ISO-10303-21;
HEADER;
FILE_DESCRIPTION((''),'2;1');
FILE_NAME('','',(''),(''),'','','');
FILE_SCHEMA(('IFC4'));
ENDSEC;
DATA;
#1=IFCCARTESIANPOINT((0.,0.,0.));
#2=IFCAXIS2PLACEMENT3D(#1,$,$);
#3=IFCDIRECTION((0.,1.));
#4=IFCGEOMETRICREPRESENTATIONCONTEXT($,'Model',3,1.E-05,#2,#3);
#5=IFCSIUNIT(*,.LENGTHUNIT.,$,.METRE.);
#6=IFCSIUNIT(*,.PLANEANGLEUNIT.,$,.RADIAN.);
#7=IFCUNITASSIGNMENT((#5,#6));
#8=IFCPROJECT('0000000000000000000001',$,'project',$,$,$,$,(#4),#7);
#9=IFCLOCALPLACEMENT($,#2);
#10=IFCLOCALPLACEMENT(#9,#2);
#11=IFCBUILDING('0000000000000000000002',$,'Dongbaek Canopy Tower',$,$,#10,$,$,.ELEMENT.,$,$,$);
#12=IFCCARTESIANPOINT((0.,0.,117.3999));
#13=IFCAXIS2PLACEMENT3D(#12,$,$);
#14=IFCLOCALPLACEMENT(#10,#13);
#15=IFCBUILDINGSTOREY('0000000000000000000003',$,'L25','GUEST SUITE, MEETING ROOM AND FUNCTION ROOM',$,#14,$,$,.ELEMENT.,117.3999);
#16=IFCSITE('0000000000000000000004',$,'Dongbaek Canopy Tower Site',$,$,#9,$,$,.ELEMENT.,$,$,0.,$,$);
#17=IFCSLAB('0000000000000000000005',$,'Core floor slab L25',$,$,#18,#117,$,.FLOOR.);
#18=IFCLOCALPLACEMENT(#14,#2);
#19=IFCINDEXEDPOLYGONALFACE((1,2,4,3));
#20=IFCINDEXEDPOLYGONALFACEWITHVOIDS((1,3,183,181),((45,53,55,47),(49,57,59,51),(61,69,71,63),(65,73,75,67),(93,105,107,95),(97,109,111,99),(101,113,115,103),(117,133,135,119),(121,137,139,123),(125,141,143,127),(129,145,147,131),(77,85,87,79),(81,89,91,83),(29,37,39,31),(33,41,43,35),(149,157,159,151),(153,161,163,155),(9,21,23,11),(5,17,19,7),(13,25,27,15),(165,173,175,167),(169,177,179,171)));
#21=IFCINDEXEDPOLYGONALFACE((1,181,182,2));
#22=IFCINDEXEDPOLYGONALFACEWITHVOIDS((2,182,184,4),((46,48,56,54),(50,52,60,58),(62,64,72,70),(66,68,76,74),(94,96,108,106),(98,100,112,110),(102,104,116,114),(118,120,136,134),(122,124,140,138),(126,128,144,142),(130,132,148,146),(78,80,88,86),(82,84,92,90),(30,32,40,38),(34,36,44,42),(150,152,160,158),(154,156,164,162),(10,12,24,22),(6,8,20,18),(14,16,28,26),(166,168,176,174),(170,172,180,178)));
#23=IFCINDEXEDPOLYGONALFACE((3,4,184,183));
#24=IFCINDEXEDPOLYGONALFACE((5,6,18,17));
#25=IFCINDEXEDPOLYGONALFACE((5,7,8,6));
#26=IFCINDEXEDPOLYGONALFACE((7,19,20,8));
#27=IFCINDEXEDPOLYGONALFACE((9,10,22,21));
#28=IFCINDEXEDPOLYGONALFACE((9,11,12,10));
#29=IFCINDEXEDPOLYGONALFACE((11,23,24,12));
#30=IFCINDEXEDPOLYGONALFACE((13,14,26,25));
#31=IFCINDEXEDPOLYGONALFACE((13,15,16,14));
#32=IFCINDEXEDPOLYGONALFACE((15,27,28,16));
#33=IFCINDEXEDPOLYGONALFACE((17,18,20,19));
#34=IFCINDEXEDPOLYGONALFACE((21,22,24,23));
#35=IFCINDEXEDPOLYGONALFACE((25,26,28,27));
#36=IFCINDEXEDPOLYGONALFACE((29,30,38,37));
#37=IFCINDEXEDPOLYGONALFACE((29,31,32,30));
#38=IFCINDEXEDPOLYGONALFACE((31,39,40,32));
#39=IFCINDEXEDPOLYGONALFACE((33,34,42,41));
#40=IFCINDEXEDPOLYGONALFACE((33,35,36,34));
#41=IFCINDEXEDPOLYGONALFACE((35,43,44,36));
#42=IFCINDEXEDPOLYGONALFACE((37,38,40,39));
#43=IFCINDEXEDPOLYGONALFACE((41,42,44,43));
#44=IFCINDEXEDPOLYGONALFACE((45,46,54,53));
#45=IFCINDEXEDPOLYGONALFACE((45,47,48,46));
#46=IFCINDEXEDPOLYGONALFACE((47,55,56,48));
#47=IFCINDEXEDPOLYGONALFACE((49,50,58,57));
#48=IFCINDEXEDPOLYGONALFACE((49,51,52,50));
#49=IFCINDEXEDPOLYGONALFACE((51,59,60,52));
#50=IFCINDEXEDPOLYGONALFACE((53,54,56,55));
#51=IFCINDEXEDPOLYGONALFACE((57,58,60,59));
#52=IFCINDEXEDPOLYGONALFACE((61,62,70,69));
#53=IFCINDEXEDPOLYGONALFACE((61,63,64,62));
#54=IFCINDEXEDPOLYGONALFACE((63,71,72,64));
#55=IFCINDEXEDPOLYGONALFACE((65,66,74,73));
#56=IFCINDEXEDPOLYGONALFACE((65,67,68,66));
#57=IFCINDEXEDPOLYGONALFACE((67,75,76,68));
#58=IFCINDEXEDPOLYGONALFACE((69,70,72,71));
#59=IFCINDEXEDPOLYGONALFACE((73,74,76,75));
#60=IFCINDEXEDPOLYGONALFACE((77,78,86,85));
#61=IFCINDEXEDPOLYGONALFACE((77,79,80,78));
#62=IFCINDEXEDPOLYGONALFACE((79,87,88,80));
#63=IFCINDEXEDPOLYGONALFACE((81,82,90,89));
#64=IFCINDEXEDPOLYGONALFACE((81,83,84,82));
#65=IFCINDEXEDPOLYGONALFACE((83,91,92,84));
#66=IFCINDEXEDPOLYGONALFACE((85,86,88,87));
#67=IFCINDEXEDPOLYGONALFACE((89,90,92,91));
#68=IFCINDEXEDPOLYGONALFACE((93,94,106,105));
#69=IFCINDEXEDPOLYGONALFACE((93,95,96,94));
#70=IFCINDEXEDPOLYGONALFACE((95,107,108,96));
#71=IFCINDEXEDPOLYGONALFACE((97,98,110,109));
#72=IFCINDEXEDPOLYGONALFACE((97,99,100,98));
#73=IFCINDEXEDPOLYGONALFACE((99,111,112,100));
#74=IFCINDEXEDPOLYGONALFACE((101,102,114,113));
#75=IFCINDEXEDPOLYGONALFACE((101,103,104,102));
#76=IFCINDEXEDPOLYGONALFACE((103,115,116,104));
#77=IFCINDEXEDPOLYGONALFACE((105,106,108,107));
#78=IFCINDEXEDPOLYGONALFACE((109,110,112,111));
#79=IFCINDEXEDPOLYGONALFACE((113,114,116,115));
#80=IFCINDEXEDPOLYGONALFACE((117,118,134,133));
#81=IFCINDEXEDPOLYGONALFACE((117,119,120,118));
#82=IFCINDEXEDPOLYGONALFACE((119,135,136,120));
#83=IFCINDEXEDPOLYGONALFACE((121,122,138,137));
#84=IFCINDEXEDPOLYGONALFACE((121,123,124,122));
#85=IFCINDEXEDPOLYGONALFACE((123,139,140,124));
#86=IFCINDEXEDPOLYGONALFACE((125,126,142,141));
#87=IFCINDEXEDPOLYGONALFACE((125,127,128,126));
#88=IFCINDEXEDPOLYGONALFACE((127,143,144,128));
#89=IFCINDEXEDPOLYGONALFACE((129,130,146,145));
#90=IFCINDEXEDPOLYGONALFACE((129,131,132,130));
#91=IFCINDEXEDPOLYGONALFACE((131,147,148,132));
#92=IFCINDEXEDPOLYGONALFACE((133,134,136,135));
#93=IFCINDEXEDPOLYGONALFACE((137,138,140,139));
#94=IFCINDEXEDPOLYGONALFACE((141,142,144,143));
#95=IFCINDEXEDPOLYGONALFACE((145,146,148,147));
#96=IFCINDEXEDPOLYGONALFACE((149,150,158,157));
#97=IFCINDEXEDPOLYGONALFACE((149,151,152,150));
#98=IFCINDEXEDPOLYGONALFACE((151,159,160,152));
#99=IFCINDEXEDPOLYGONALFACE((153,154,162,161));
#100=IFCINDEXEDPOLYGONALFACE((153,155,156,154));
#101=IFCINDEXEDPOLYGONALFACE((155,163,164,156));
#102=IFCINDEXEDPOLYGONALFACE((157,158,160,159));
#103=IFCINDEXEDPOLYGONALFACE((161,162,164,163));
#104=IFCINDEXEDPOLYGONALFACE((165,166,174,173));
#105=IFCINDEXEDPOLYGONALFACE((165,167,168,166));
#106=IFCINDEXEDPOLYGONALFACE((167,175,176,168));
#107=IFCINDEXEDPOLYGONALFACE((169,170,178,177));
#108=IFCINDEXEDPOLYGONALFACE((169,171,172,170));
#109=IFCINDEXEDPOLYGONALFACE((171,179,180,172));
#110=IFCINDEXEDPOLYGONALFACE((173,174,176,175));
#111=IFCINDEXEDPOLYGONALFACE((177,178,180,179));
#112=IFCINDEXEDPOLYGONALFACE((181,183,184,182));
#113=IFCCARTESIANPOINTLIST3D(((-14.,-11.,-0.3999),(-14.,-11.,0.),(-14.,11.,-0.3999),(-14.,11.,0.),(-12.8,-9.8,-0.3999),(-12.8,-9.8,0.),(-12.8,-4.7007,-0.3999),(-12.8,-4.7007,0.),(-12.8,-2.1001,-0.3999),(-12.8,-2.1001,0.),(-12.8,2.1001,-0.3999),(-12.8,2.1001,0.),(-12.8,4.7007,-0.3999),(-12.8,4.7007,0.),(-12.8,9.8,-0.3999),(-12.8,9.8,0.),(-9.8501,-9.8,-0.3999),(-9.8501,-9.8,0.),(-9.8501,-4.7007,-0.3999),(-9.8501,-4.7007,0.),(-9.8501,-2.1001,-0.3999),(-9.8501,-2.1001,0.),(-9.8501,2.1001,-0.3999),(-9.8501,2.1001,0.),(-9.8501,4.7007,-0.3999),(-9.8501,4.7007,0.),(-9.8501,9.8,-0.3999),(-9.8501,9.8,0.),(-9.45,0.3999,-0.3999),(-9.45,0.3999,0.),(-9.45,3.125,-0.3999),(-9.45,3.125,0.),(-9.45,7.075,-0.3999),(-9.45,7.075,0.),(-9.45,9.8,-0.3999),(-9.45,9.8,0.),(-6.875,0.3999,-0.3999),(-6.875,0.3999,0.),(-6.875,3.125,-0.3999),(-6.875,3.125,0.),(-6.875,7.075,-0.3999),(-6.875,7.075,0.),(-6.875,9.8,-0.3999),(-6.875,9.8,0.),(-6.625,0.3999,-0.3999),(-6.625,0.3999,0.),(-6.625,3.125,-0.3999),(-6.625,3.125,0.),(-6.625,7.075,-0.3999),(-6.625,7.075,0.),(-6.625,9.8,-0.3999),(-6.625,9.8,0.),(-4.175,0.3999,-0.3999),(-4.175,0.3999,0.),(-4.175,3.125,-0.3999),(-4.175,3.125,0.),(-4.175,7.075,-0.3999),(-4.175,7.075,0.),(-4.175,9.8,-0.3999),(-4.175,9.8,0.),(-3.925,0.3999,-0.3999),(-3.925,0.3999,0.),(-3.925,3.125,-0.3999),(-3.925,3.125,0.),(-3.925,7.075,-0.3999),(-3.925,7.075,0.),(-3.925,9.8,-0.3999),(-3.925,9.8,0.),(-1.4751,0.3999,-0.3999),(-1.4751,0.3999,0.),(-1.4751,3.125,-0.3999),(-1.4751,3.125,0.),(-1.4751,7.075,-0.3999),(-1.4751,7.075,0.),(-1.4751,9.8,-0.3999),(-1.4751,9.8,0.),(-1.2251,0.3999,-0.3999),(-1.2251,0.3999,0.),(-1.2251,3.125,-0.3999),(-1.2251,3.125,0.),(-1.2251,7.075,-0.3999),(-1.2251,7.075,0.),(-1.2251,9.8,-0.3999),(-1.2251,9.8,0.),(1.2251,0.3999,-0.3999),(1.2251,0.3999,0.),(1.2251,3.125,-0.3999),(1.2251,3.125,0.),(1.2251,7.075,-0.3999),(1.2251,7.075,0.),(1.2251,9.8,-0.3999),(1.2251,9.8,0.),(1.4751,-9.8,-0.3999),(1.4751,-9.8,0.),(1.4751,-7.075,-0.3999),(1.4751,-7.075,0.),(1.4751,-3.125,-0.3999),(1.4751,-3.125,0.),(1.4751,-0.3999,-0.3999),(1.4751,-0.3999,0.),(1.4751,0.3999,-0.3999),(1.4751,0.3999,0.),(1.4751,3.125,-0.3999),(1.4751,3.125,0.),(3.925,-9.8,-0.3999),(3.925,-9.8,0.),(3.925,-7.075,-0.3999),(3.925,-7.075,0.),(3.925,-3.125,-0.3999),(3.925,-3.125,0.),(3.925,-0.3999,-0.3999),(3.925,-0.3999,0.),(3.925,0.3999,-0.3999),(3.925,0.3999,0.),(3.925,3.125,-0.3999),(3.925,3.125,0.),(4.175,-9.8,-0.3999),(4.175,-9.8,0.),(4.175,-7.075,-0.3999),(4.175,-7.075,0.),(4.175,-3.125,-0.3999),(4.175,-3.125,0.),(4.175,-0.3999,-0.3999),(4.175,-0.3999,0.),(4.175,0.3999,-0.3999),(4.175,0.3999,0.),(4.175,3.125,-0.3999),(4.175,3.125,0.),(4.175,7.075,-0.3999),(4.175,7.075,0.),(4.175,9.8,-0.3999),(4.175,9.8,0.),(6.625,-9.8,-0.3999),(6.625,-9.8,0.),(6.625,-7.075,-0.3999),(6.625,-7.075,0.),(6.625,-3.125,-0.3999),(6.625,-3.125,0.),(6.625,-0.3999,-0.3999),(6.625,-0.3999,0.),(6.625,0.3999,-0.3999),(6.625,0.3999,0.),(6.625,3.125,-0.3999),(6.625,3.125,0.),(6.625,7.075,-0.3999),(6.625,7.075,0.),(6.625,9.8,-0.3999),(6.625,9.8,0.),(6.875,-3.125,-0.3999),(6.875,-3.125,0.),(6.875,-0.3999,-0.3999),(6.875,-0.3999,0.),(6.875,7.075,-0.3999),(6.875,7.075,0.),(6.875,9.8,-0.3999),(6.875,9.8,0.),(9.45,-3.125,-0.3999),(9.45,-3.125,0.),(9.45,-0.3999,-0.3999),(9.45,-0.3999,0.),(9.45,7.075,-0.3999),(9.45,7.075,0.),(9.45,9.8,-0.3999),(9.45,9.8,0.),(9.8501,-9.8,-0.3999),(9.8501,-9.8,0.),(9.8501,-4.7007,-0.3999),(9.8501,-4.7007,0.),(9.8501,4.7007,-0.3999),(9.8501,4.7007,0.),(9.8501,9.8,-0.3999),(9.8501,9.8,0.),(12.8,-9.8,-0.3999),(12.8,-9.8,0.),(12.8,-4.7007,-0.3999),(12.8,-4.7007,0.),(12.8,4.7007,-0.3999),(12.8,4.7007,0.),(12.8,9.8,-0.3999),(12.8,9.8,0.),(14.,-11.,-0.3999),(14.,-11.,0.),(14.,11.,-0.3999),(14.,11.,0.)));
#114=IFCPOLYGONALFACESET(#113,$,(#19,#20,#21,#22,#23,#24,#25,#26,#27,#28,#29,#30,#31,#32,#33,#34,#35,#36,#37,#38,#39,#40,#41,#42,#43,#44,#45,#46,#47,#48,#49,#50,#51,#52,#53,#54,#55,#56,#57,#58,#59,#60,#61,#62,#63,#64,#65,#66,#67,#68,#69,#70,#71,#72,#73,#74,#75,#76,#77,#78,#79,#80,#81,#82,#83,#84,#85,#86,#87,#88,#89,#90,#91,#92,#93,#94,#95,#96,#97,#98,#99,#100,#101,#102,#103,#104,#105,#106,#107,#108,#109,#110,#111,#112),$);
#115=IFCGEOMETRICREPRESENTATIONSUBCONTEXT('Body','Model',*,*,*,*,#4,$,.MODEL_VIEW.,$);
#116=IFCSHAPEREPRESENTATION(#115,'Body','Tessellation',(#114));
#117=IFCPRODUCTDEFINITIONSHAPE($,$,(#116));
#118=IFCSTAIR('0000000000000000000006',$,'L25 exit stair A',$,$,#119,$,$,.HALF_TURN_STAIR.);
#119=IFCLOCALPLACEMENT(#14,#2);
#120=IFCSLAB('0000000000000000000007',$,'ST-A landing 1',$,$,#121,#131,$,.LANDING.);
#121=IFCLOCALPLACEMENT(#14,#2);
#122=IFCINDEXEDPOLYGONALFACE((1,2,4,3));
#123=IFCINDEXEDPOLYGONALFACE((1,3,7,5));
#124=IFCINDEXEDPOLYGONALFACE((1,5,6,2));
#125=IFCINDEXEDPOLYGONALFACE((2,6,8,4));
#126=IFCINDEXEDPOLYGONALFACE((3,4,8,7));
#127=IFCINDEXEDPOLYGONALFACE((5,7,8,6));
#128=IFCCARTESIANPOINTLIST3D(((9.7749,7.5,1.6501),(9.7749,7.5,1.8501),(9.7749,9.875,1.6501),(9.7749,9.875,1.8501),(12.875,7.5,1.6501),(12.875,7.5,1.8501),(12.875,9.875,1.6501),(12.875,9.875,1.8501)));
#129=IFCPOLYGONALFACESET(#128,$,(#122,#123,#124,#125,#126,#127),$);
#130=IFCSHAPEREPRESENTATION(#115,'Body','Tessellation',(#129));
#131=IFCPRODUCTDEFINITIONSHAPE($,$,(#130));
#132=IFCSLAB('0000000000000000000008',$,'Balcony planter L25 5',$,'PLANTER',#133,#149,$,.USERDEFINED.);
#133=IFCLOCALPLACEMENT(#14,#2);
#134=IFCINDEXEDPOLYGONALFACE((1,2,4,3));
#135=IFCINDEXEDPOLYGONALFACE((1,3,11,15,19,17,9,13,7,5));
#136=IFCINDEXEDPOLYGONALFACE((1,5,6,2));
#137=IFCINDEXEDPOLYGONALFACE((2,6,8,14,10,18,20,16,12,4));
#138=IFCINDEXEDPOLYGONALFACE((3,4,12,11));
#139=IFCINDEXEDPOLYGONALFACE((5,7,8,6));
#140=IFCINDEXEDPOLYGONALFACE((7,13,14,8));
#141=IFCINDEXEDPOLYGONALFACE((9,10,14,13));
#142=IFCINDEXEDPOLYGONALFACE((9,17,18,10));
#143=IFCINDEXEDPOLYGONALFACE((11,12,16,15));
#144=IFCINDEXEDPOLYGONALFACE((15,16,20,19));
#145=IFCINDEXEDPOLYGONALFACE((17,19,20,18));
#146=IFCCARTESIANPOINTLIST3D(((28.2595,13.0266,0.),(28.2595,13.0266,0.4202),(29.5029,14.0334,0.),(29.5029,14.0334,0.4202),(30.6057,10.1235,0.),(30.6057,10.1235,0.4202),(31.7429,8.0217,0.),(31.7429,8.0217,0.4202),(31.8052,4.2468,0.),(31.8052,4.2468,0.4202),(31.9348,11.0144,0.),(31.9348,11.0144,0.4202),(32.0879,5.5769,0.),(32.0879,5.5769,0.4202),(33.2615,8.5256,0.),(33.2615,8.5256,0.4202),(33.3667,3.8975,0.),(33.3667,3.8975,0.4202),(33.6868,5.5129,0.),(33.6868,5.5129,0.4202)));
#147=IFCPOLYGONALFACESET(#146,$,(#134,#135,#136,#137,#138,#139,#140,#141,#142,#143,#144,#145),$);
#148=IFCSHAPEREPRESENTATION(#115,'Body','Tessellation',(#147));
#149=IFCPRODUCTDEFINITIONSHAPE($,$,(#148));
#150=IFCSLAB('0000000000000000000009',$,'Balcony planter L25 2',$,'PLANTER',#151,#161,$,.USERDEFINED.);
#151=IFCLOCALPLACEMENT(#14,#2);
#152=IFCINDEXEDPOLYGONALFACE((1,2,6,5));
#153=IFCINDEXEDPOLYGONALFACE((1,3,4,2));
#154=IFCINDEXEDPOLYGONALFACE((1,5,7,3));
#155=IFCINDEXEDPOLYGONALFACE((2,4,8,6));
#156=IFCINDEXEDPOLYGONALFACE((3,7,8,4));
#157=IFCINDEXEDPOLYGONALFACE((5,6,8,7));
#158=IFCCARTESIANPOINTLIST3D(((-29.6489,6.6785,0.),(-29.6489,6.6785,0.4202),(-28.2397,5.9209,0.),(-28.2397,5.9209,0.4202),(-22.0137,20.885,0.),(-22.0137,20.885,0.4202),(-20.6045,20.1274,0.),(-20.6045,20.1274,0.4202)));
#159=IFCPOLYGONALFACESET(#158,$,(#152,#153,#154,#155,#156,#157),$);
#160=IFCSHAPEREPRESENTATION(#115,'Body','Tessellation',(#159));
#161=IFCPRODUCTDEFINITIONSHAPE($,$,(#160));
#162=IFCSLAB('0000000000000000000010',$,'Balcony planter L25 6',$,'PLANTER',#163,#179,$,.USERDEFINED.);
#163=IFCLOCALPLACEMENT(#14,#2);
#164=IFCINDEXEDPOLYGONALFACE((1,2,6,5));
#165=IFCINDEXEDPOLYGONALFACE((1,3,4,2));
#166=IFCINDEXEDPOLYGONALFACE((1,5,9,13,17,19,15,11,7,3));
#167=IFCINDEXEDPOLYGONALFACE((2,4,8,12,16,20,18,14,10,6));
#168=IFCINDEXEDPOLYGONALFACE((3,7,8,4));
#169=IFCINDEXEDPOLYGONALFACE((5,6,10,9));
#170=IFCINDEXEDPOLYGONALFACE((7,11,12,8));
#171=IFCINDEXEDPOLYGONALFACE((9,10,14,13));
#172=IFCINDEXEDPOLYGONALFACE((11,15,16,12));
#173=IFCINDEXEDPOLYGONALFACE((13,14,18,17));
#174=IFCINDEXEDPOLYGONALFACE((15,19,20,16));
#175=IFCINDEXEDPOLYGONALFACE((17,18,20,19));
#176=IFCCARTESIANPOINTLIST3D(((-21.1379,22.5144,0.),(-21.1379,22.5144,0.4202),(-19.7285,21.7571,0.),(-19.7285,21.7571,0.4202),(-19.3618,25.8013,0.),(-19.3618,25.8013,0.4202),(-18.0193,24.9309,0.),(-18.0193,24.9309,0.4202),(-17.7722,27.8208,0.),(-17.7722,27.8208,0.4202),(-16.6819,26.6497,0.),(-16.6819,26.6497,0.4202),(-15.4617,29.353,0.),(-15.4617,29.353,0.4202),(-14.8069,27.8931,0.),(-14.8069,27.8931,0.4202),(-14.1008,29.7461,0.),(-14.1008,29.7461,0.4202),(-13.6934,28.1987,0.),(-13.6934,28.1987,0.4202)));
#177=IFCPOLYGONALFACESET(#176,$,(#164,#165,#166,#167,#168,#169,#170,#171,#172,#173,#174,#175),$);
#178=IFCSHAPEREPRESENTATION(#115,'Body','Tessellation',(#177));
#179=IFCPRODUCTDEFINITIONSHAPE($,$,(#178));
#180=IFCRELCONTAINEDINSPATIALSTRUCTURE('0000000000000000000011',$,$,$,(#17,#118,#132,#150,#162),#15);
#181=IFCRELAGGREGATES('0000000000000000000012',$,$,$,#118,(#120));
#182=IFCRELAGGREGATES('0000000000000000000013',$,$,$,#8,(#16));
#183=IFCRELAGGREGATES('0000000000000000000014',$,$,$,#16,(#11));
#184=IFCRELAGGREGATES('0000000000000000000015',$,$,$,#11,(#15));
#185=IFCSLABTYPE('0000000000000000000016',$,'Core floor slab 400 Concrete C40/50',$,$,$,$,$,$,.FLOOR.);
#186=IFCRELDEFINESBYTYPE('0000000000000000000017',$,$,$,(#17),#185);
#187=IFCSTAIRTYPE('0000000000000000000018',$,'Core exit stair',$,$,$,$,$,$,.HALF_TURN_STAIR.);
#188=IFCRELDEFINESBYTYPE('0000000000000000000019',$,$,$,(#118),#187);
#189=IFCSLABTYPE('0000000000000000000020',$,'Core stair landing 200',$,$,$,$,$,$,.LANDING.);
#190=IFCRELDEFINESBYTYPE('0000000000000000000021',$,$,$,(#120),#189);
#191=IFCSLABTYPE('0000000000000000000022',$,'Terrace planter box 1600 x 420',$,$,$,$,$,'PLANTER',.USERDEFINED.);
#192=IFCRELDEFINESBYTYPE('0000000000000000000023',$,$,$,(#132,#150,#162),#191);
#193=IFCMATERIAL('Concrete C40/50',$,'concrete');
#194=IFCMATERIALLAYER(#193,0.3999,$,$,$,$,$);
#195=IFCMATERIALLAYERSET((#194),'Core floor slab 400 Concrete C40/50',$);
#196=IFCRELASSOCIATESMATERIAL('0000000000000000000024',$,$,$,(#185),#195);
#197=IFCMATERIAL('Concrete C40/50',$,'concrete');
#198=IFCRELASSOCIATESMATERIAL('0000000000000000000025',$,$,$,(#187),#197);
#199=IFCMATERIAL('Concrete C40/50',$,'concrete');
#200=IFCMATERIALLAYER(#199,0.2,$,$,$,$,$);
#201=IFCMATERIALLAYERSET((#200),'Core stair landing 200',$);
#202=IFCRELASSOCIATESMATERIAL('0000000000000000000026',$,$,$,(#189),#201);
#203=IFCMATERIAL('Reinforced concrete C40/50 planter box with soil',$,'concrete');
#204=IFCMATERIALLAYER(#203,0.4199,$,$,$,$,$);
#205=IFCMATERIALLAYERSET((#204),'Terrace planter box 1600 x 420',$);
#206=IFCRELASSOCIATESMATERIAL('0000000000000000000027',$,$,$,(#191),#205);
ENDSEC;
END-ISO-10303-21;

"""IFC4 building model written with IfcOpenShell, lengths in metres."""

from ifc_helpers import new_model, si_unit, direction, frame, origin, place, context, subcontext, project, spatial, polyline, outline, extrude, material, layer, layer_set, type_object, element, aggregate, save


model = new_model("IFC4")

# Units and contexts
model_context = context("Model", 3, precision=1e-05, world=origin(), true_north=direction((0.0, 1.0)))
body_context = subcontext(model_context, "Body", "Model", "MODEL_VIEW")
ifc_project = project(units=[si_unit("LENGTHUNIT", "METRE"), si_unit("PLANEANGLEUNIT", "RADIAN")], contexts=[model_context])

# Site, building, storey
site_placement = place(None, origin())
site = spatial("IfcSite", under=ifc_project, at=site_placement, Name="Dongbaek Canopy Tower Site", CompositionType="ELEMENT", RefElevation=0.0)
building_placement = place(site_placement, origin())
building = spatial("IfcBuilding", under=site, at=building_placement, Name="Dongbaek Canopy Tower", CompositionType="ELEMENT")
storey_placement = place(building_placement, frame((0.0, 0.0, 117.3999)))
storey = spatial("IfcBuildingStorey", under=building, at=storey_placement, Name="L25", Description="GUEST SUITE, MEETING ROOM AND FUNCTION ROOM", CompositionType="ELEMENT", Elevation=117.3999)

# Slab
ifc_material_1 = material(Name="Concrete C40/50", Category="concrete")
ifc_layer_1 = layer(ifc_material_1, 0.3999)
ifc_layer_set_1 = layer_set([ifc_layer_1], Name="Core floor slab 400 Concrete C40/50")
slab_type_1 = type_object("IfcSlabType", Name="Core floor slab 400 Concrete C40/50", PredefinedType="FLOOR", material=ifc_layer_set_1)
slab_1_placement = place(storey_placement, frame((0.0, 0.0, -0.3999)))
element("IfcSlab", 1, at=slab_1_placement, inside=storey, type_object=slab_type_1, Name="Core floor slab L25", PredefinedType="FLOOR", context=body_context, shape_type="SweptSolid", body=[
    extrude(outline(polyline([(14.0, -11.0), (14.0, 11.0), (-14.0, 11.0), (-14.0, -11.0), (14.0, -11.0)]), holes=[polyline([(-12.8, 2.1001), (-9.8501, 2.1001), (-9.8501, -2.1001), (-12.8, -2.1001), (-12.8, 2.1001)]), polyline([(-6.875, 9.8), (-6.875, 7.075), (-9.45, 7.075), (-9.45, 9.8), (-6.875, 9.8)]), polyline([(-4.175, 9.8), (-4.175, 7.075), (-6.625, 7.075), (-6.625, 9.8), (-4.175, 9.8)]), polyline([(-1.4751, 9.8), (-1.4751, 7.075), (-3.925, 7.075), (-3.925, 9.8), (-1.4751, 9.8)]), polyline([(1.2251, 9.8), (1.2251, 7.075), (-1.2251, 7.075), (-1.2251, 9.8), (1.2251, 9.8)]), polyline([(6.625, 9.8), (6.625, 7.075), (4.175, 7.075), (4.175, 9.8), (6.625, 9.8)]), polyline([(9.45, 7.075), (6.875, 7.075), (6.875, 9.8), (9.45, 9.8), (9.45, 7.075)]), polyline([(-9.45, 3.125), (-6.875, 3.125), (-6.875, 0.3999), (-9.45, 0.3999), (-9.45, 3.125)]), polyline([(-6.625, 3.125), (-4.175, 3.125), (-4.175, 0.3999), (-6.625, 0.3999), (-6.625, 3.125)]), polyline([(-3.925, 3.125), (-1.4751, 3.125), (-1.4751, 0.3999), (-3.925, 0.3999), (-3.925, 3.125)]), polyline([(-1.2251, 0.3999), (-1.2251, 3.125), (1.2251, 3.125), (1.2251, 0.3999), (-1.2251, 0.3999)]), polyline([(3.925, 3.125), (3.925, 0.3999), (1.4751, 0.3999), (1.4751, 3.125), (3.925, 3.125)]), polyline([(4.175, 3.125), (6.625, 3.125), (6.625, 0.3999), (4.175, 0.3999), (4.175, 3.125)]), polyline([(1.4751, -0.3999), (3.925, -0.3999), (3.925, -3.125), (1.4751, -3.125), (1.4751, -0.3999)]), polyline([(4.175, -3.125), (4.175, -0.3999), (6.625, -0.3999), (6.625, -3.125), (4.175, -3.125)]), polyline([(9.45, -3.125), (6.875, -3.125), (6.875, -0.3999), (9.45, -0.3999), (9.45, -3.125)]), polyline([(1.4751, -9.8), (1.4751, -7.075), (3.925, -7.075), (3.925, -9.8), (1.4751, -9.8)]), polyline([(4.175, -9.8), (4.175, -7.075), (6.625, -7.075), (6.625, -9.8), (4.175, -9.8)]), polyline([(12.8, 4.7007), (12.8, 9.8), (9.8501, 9.8), (9.8501, 4.7007), (12.8, 4.7007)]), polyline([(-9.8501, 4.7007), (-9.8501, 9.8), (-12.8, 9.8), (-12.8, 4.7007), (-9.8501, 4.7007)]), polyline([(9.8501, -4.7007), (9.8501, -9.8), (12.8, -9.8), (12.8, -4.7007), (9.8501, -4.7007)]), polyline([(-12.8, -4.7007), (-12.8, -9.8), (-9.8501, -9.8), (-9.8501, -4.7007), (-12.8, -4.7007)])]), origin(), (0.0, 0.0, 1.0), 0.3999),
])

# Stair, slab
ifc_material_2 = material(Name="Concrete C40/50", Category="concrete")
stair_type = type_object("IfcStairType", Name="Core exit stair", PredefinedType="HALF_TURN_STAIR", material=ifc_material_2)
stair_placement = place(storey_placement, origin())
stair = element("IfcStair", 2, at=stair_placement, inside=storey, type_object=stair_type, Name="L25 exit stair A", PredefinedType="HALF_TURN_STAIR")
ifc_material_3 = material(Name="Concrete C40/50", Category="concrete")
ifc_layer_2 = layer(ifc_material_3, 0.2)
ifc_layer_set_2 = layer_set([ifc_layer_2], Name="Core stair landing 200")
slab_type_2 = type_object("IfcSlabType", Name="Core stair landing 200", PredefinedType="LANDING", material=ifc_layer_set_2)
slab_2_placement = place(storey_placement, frame((0.0, 0.0, 1.6501)))
slab_2 = element("IfcSlab", 3, at=slab_2_placement, type_object=slab_type_2, Name="ST-A landing 1", PredefinedType="LANDING", context=body_context, shape_type="SweptSolid", body=[
    extrude(outline(polyline([(12.875, 7.5), (12.875, 9.875), (9.7749, 9.875), (9.7749, 7.5), (12.875, 7.5)])), origin(), (0.0, 0.0, 1.0), 0.2),
])
aggregate(stair, [slab_2])

# Slabs
ifc_material_4 = material(Name="Reinforced concrete C40/50 planter box with soil", Category="concrete")
ifc_layer_3 = layer(ifc_material_4, 0.4199)
ifc_layer_set_3 = layer_set([ifc_layer_3], Name="Terrace planter box 1600 x 420")
slab_type_3 = type_object("IfcSlabType", Name="Terrace planter box 1600 x 420", ElementType="PLANTER", PredefinedType="USERDEFINED", material=ifc_layer_set_3)
slab_3_placement = place(storey_placement, origin())
element("IfcSlab", 4, at=slab_3_placement, inside=storey, type_object=slab_type_3, Name="Balcony planter L25 5", ObjectType="PLANTER", PredefinedType="USERDEFINED", context=body_context, shape_type="SweptSolid", body=[
    extrude(outline(polyline([(31.8052, 4.2468), (32.0879, 5.5769), (31.7429, 8.0217), (30.6057, 10.1235), (28.2595, 13.0266), (29.5029, 14.0334), (31.9348, 11.0144), (33.2615, 8.5256), (33.6868, 5.5129), (33.3667, 3.8975), (31.8052, 4.2468)])), origin(), (0.0, 0.0, 1.0), 0.4202),
])
slab_4_placement = place(storey_placement, origin())
element("IfcSlab", 5, at=slab_4_placement, inside=storey, type_object=slab_type_3, Name="Balcony planter L25 2", ObjectType="PLANTER", PredefinedType="USERDEFINED", context=body_context, shape_type="SweptSolid", body=[
    extrude(outline(polyline([(-20.6045, 20.1274), (-28.2397, 5.9209), (-29.6489, 6.6785), (-22.0137, 20.885), (-20.6045, 20.1274)])), origin(), (0.0, 0.0, 1.0), 0.4202),
])
slab_5_placement = place(storey_placement, origin())
element("IfcSlab", 6, at=slab_5_placement, inside=storey, type_object=slab_type_3, Name="Balcony planter L25 6", ObjectType="PLANTER", PredefinedType="USERDEFINED", context=body_context, shape_type="SweptSolid", body=[
    extrude(outline(polyline([(-13.6934, 28.1987), (-14.8069, 27.8931), (-16.6819, 26.6497), (-18.0193, 24.9309), (-19.7285, 21.7571), (-21.1379, 22.5144), (-19.3618, 25.8013), (-17.7722, 27.8208), (-15.4617, 29.353), (-14.1008, 29.7461), (-13.6934, 28.1987)])), origin(), (0.0, 0.0, 1.0), 0.4202),
])

save(model, "model.ifc")
